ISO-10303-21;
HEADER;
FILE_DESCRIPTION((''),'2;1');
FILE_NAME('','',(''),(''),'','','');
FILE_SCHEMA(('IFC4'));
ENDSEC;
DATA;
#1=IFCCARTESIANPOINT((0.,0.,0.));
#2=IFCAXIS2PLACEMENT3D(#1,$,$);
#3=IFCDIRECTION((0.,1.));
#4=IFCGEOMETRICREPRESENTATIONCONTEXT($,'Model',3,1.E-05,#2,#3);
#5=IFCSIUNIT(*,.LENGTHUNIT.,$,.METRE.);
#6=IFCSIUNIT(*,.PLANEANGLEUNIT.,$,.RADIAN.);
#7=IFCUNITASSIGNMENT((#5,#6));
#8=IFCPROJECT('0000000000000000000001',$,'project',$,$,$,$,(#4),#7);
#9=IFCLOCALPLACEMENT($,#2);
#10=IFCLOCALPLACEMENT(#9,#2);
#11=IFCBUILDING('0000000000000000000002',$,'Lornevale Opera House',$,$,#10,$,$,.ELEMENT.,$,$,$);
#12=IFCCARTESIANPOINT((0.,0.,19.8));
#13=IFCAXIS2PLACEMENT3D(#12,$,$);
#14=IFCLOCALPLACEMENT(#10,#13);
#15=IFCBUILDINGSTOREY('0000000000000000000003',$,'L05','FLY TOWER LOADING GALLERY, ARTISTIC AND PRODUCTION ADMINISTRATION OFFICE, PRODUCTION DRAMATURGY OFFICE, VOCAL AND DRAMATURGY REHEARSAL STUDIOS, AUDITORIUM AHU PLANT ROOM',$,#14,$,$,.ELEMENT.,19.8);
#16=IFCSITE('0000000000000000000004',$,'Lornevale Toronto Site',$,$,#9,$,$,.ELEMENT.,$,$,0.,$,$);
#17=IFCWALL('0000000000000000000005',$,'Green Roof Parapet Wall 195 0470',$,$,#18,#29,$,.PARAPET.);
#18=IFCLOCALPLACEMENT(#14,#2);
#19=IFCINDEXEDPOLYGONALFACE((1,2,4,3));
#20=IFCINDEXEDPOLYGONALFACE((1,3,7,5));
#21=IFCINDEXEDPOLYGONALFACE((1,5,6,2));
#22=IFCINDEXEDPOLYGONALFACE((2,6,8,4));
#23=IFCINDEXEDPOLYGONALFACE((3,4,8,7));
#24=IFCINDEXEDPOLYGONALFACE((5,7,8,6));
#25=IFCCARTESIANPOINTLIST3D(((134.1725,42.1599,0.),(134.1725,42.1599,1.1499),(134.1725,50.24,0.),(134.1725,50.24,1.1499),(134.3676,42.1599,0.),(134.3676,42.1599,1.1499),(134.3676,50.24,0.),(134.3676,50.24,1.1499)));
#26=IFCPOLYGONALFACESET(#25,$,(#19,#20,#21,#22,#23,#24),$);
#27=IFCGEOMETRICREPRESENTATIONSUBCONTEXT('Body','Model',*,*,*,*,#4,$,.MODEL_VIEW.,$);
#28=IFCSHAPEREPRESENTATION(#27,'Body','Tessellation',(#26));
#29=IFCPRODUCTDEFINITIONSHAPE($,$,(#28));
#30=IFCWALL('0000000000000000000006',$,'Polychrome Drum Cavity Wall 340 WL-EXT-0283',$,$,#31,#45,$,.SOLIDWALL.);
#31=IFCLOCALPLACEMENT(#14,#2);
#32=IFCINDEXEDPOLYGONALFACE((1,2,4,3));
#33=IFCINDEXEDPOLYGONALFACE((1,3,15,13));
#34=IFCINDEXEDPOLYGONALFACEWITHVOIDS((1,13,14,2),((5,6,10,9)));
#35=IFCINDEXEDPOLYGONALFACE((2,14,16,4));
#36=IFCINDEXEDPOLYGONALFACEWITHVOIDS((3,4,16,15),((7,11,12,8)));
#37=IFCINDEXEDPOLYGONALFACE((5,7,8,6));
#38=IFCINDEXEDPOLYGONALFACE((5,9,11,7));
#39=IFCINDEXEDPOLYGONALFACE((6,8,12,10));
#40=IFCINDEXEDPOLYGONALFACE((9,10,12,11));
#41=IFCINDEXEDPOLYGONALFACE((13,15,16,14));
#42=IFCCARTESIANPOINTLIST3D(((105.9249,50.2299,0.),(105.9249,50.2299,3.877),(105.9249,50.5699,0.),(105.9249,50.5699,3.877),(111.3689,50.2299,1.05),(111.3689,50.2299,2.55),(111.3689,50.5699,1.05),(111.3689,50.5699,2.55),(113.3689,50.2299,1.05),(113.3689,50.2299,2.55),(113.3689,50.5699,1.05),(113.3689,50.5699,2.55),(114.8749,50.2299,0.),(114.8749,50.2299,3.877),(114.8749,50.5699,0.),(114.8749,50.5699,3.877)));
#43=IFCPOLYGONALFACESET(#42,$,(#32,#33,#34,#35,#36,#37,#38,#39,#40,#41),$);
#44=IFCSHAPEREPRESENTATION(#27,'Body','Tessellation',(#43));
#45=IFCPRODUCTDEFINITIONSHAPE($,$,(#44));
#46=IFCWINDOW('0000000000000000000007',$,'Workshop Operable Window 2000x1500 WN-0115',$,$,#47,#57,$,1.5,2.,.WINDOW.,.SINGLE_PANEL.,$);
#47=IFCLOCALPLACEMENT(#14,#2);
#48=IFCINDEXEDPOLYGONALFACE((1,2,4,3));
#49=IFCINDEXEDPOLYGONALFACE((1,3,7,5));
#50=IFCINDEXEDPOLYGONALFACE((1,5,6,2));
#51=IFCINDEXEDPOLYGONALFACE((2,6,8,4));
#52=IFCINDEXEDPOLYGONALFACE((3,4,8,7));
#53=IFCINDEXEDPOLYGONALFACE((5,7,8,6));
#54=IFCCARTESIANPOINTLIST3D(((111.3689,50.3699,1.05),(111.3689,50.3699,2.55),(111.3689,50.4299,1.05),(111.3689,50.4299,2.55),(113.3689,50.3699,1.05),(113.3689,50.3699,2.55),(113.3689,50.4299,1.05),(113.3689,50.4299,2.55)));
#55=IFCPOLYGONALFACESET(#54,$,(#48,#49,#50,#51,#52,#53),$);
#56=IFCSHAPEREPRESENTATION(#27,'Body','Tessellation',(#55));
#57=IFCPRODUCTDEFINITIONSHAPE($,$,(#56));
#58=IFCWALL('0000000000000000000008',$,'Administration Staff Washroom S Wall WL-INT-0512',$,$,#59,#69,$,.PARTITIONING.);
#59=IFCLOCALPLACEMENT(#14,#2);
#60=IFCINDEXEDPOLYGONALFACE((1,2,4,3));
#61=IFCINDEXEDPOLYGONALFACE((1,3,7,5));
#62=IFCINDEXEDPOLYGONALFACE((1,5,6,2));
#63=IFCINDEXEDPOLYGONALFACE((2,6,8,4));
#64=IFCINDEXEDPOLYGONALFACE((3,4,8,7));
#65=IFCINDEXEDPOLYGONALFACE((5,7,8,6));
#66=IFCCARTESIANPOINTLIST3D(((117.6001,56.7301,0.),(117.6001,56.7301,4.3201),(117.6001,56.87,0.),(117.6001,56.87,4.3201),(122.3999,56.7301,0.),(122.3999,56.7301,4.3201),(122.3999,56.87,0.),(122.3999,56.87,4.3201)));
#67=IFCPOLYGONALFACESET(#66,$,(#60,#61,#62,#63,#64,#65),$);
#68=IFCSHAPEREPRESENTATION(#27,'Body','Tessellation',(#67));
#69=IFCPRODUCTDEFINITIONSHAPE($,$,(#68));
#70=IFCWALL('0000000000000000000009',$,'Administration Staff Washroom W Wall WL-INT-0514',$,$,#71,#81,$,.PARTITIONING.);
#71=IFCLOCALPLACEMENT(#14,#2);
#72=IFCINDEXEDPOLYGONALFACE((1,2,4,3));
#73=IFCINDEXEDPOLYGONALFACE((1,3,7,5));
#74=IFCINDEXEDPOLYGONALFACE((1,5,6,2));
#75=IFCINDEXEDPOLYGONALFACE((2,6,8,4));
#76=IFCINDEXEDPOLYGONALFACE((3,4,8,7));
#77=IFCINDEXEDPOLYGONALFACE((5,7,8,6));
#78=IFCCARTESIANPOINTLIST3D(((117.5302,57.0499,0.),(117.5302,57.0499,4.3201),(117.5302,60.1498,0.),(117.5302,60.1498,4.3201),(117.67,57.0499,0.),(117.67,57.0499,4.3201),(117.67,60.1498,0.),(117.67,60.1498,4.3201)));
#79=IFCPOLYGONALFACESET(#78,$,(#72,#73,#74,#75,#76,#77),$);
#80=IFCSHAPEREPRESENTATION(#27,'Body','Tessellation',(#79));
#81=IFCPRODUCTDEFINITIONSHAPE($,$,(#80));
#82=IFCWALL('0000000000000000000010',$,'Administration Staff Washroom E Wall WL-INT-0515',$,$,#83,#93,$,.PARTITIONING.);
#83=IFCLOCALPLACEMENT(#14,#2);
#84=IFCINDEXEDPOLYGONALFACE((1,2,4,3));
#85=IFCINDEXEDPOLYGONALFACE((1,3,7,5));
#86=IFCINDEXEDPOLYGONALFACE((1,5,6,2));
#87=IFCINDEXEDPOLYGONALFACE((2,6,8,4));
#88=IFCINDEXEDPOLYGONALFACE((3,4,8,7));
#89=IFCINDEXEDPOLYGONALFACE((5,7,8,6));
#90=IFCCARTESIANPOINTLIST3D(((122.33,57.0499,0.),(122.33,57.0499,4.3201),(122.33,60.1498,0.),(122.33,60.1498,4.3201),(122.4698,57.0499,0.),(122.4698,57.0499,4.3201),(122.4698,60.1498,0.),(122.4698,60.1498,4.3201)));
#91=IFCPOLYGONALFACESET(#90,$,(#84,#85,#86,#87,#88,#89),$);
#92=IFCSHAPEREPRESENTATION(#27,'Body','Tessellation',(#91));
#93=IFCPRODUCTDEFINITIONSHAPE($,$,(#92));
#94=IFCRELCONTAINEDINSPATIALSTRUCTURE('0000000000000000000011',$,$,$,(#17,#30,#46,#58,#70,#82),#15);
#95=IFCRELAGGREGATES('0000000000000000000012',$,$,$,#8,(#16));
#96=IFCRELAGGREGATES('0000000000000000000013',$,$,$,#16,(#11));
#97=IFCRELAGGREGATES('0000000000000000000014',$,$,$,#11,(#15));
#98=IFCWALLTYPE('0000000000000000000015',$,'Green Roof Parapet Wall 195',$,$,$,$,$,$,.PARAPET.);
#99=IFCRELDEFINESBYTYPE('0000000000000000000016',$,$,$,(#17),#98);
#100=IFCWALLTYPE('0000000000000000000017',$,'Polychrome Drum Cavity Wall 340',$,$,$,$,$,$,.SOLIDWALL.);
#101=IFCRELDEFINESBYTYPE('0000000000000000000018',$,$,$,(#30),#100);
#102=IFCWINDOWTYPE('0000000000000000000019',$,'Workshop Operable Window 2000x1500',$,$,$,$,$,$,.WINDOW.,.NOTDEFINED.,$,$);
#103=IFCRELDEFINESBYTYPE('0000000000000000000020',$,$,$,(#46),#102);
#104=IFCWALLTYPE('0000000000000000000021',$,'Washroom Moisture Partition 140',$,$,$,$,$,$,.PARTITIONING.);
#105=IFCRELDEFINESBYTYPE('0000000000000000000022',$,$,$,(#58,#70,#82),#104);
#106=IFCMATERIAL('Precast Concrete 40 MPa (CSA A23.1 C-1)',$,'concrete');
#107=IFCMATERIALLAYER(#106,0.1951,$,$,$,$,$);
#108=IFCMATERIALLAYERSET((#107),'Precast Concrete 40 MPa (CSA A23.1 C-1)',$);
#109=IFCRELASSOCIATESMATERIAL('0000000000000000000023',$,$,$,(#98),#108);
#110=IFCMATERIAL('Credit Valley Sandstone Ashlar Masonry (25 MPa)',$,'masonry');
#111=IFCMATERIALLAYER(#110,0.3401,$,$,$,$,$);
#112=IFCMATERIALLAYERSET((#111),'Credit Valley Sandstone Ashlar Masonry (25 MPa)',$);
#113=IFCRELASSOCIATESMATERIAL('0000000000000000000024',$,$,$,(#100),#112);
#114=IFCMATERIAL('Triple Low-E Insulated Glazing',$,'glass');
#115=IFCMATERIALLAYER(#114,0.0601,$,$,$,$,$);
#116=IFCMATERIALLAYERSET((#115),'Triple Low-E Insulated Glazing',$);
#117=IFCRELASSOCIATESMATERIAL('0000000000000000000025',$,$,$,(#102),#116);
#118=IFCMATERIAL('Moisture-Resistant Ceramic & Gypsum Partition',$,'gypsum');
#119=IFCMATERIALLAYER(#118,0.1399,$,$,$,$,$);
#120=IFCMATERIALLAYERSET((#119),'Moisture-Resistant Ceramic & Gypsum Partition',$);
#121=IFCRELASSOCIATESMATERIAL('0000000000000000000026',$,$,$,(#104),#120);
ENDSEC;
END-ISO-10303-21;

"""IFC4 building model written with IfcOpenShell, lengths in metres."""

from ifc_helpers import new_model, si_unit, direction, frame, frame_2d, origin, place, context, subcontext, project, spatial, rectangle, extrude, material, layer, layer_set, type_object, element, fill, save


model = new_model("IFC4")

# Units and contexts
model_context = context("Model", 3, precision=1e-05, world=origin(), true_north=direction((0.0, 1.0)))
body_context = subcontext(model_context, "Body", "Model", "MODEL_VIEW")
ifc_project = project(units=[si_unit("LENGTHUNIT", "METRE"), si_unit("PLANEANGLEUNIT", "RADIAN")], contexts=[model_context])

# Site, building, storey
site_placement = place(None, origin())
site = spatial("IfcSite", under=ifc_project, at=site_placement, Name="Lornevale Toronto Site", CompositionType="ELEMENT", RefElevation=0.0)
building_placement = place(site_placement, origin())
building = spatial("IfcBuilding", under=site, at=building_placement, Name="Lornevale Opera House", CompositionType="ELEMENT")
storey_placement = place(building_placement, frame((0.0, 0.0, 19.8)))
storey = spatial("IfcBuildingStorey", under=building, at=storey_placement, Name="L05", Description="FLY TOWER LOADING GALLERY, ARTISTIC AND PRODUCTION ADMINISTRATION OFFICE, PRODUCTION DRAMATURGY OFFICE, VOCAL AND DRAMATURGY REHEARSAL STUDIOS, AUDITORIUM AHU PLANT ROOM", CompositionType="ELEMENT", Elevation=19.8)

# Shared definitions
ifc_material_1 = material(Name="Triple Low-E Insulated Glazing", Category="glass")

# Wall
ifc_material_2 = material(Name="Precast Concrete 40 MPa (CSA A23.1 C-1)", Category="concrete")
ifc_layer_1 = layer(ifc_material_2, 0.1951)
ifc_layer_set_1 = layer_set([ifc_layer_1], Name="Precast Concrete 40 MPa (CSA A23.1 C-1)")
wall_type_1 = type_object("IfcWallType", Name="Green Roof Parapet Wall 195", PredefinedType="PARAPET", material=ifc_layer_set_1)
wall_1_placement = place(storey_placement, frame((134.27, 50.24, 0.0), z_axis=(0.0, 0.0, 1.0), x_axis=(0.0, -1.0, 0.0)))
element("IfcWall", 1, at=wall_1_placement, inside=storey, type_object=wall_type_1, Name="Green Roof Parapet Wall 195 0470", PredefinedType="PARAPET", context=body_context, shape_type="SweptSolid", body=[
    extrude(rectangle(XDim=8.0801, YDim=0.1951, at=frame_2d((4.04, 0.0))), origin(), (0.0, 0.0, 1.0), 1.1499),
])

# Wall, opening, window
ifc_material_3 = material(Name="Credit Valley Sandstone Ashlar Masonry (25 MPa)", Category="masonry")
ifc_layer_2 = layer(ifc_material_3, 0.3401)
ifc_layer_set_2 = layer_set([ifc_layer_2], Name="Credit Valley Sandstone Ashlar Masonry (25 MPa)")
wall_type_2 = type_object("IfcWallType", Name="Polychrome Drum Cavity Wall 340", PredefinedType="SOLIDWALL", material=ifc_layer_set_2)
wall_2_placement = place(storey_placement, frame((114.875, 50.3999, 0.0), z_axis=(0.0, 0.0, 1.0), x_axis=(-1.0, 0.0, 0.0)))
wall_2 = element("IfcWall", 2, at=wall_2_placement, inside=storey, type_object=wall_type_2, Name="Polychrome Drum Cavity Wall 340 WL-EXT-0283", PredefinedType="SOLIDWALL", context=body_context, shape_type="SweptSolid", body=[
    extrude(rectangle(XDim=8.95, YDim=0.3401, at=frame_2d((4.4751, 0.0))), origin(), (0.0, 0.0, 1.0), 3.877),
])
opening_1_placement = place(wall_2_placement, frame((1.5061, 0.0, 1.05)))
opening_1 = element("IfcOpeningElement", 3, at=opening_1_placement, cuts=wall_2, PredefinedType="OPENING", context=body_context, shape_type="SweptSolid", body=[
    extrude(rectangle(XDim=2.0, YDim=1.5, at=frame_2d((1.0, 0.75))), frame((0.0, 0.1799, 0.0), z_axis=(0.0, -1.0, 0.0), x_axis=(1.0, 0.0, 0.0)), (0.0, 0.0, 1.0), 0.3601),
])
ifc_layer_3 = layer(ifc_material_1, 0.0601)
ifc_layer_set_3 = layer_set([ifc_layer_3], Name="Triple Low-E Insulated Glazing")
window_type_1 = type_object("IfcWindowType", Name="Workshop Operable Window 2000x1500", PartitioningType="NOTDEFINED", PredefinedType="WINDOW", material=ifc_layer_set_3)
window_1_placement = place(opening_1_placement, origin())
window_1 = element("IfcWindow", 4, at=window_1_placement, inside=storey, type_object=window_type_1, Name="Workshop Operable Window 2000x1500 WN-0115", OverallHeight=1.5, OverallWidth=2.0, PartitioningType="SINGLE_PANEL", PredefinedType="WINDOW", context=body_context, shape_type="SweptSolid", body=[
    extrude(rectangle(XDim=2.0, YDim=1.5, at=frame_2d((1.0, 0.75))), frame((0.0, 0.03, 0.0), z_axis=(0.0, -1.0, 0.0), x_axis=(1.0, 0.0, 0.0)), (0.0, 0.0, 1.0), 0.0601),
])
fill(opening_1, window_1)

# Walls
ifc_material_4 = material(Name="Moisture-Resistant Ceramic & Gypsum Partition", Category="gypsum")
ifc_layer_4 = layer(ifc_material_4, 0.1399)
ifc_layer_set_4 = layer_set([ifc_layer_4], Name="Moisture-Resistant Ceramic & Gypsum Partition")
wall_type_3 = type_object("IfcWallType", Name="Washroom Moisture Partition 140", PredefinedType="PARTITIONING", material=ifc_layer_set_4)
wall_3_placement = place(storey_placement, frame((117.6001, 56.8, 0.0), z_axis=(0.0, 0.0, 1.0), x_axis=(1.0, 0.0, 0.0)))
element("IfcWall", 5, at=wall_3_placement, inside=storey, type_object=wall_type_3, Name="Administration Staff Washroom S Wall WL-INT-0512", PredefinedType="PARTITIONING", context=body_context, shape_type="SweptSolid", body=[
    extrude(rectangle(XDim=4.7998, YDim=0.1399, at=frame_2d((2.3999, 0.0))), origin(), (0.0, 0.0, 1.0), 4.3201),
])
for number, where, z_axis, x_axis, name in (
    (6, (117.6001, 57.05, 0.0), (0.0, 0.0, 1.0), (0.0, 1.0, 0.0), "Administration Staff Washroom W Wall WL-INT-0514"),
    (7, (122.3999, 57.05, 0.0), (0.0, 0.0, 1.0), (0.0, 1.0, 0.0), "Administration Staff Washroom E Wall WL-INT-0515"),
):
    element("IfcWall", number, at=place(storey_placement, frame(where, z_axis=z_axis, x_axis=x_axis)), inside=storey, type_object=wall_type_3, Name=name, PredefinedType="PARTITIONING", context=body_context, shape_type="SweptSolid", body=[
        extrude(rectangle(XDim=3.0999, YDim=0.1399, at=frame_2d((1.5498, 0.0))), origin(), (0.0, 0.0, 1.0), 4.3201),
    ])

save(model, "model.ifc")
